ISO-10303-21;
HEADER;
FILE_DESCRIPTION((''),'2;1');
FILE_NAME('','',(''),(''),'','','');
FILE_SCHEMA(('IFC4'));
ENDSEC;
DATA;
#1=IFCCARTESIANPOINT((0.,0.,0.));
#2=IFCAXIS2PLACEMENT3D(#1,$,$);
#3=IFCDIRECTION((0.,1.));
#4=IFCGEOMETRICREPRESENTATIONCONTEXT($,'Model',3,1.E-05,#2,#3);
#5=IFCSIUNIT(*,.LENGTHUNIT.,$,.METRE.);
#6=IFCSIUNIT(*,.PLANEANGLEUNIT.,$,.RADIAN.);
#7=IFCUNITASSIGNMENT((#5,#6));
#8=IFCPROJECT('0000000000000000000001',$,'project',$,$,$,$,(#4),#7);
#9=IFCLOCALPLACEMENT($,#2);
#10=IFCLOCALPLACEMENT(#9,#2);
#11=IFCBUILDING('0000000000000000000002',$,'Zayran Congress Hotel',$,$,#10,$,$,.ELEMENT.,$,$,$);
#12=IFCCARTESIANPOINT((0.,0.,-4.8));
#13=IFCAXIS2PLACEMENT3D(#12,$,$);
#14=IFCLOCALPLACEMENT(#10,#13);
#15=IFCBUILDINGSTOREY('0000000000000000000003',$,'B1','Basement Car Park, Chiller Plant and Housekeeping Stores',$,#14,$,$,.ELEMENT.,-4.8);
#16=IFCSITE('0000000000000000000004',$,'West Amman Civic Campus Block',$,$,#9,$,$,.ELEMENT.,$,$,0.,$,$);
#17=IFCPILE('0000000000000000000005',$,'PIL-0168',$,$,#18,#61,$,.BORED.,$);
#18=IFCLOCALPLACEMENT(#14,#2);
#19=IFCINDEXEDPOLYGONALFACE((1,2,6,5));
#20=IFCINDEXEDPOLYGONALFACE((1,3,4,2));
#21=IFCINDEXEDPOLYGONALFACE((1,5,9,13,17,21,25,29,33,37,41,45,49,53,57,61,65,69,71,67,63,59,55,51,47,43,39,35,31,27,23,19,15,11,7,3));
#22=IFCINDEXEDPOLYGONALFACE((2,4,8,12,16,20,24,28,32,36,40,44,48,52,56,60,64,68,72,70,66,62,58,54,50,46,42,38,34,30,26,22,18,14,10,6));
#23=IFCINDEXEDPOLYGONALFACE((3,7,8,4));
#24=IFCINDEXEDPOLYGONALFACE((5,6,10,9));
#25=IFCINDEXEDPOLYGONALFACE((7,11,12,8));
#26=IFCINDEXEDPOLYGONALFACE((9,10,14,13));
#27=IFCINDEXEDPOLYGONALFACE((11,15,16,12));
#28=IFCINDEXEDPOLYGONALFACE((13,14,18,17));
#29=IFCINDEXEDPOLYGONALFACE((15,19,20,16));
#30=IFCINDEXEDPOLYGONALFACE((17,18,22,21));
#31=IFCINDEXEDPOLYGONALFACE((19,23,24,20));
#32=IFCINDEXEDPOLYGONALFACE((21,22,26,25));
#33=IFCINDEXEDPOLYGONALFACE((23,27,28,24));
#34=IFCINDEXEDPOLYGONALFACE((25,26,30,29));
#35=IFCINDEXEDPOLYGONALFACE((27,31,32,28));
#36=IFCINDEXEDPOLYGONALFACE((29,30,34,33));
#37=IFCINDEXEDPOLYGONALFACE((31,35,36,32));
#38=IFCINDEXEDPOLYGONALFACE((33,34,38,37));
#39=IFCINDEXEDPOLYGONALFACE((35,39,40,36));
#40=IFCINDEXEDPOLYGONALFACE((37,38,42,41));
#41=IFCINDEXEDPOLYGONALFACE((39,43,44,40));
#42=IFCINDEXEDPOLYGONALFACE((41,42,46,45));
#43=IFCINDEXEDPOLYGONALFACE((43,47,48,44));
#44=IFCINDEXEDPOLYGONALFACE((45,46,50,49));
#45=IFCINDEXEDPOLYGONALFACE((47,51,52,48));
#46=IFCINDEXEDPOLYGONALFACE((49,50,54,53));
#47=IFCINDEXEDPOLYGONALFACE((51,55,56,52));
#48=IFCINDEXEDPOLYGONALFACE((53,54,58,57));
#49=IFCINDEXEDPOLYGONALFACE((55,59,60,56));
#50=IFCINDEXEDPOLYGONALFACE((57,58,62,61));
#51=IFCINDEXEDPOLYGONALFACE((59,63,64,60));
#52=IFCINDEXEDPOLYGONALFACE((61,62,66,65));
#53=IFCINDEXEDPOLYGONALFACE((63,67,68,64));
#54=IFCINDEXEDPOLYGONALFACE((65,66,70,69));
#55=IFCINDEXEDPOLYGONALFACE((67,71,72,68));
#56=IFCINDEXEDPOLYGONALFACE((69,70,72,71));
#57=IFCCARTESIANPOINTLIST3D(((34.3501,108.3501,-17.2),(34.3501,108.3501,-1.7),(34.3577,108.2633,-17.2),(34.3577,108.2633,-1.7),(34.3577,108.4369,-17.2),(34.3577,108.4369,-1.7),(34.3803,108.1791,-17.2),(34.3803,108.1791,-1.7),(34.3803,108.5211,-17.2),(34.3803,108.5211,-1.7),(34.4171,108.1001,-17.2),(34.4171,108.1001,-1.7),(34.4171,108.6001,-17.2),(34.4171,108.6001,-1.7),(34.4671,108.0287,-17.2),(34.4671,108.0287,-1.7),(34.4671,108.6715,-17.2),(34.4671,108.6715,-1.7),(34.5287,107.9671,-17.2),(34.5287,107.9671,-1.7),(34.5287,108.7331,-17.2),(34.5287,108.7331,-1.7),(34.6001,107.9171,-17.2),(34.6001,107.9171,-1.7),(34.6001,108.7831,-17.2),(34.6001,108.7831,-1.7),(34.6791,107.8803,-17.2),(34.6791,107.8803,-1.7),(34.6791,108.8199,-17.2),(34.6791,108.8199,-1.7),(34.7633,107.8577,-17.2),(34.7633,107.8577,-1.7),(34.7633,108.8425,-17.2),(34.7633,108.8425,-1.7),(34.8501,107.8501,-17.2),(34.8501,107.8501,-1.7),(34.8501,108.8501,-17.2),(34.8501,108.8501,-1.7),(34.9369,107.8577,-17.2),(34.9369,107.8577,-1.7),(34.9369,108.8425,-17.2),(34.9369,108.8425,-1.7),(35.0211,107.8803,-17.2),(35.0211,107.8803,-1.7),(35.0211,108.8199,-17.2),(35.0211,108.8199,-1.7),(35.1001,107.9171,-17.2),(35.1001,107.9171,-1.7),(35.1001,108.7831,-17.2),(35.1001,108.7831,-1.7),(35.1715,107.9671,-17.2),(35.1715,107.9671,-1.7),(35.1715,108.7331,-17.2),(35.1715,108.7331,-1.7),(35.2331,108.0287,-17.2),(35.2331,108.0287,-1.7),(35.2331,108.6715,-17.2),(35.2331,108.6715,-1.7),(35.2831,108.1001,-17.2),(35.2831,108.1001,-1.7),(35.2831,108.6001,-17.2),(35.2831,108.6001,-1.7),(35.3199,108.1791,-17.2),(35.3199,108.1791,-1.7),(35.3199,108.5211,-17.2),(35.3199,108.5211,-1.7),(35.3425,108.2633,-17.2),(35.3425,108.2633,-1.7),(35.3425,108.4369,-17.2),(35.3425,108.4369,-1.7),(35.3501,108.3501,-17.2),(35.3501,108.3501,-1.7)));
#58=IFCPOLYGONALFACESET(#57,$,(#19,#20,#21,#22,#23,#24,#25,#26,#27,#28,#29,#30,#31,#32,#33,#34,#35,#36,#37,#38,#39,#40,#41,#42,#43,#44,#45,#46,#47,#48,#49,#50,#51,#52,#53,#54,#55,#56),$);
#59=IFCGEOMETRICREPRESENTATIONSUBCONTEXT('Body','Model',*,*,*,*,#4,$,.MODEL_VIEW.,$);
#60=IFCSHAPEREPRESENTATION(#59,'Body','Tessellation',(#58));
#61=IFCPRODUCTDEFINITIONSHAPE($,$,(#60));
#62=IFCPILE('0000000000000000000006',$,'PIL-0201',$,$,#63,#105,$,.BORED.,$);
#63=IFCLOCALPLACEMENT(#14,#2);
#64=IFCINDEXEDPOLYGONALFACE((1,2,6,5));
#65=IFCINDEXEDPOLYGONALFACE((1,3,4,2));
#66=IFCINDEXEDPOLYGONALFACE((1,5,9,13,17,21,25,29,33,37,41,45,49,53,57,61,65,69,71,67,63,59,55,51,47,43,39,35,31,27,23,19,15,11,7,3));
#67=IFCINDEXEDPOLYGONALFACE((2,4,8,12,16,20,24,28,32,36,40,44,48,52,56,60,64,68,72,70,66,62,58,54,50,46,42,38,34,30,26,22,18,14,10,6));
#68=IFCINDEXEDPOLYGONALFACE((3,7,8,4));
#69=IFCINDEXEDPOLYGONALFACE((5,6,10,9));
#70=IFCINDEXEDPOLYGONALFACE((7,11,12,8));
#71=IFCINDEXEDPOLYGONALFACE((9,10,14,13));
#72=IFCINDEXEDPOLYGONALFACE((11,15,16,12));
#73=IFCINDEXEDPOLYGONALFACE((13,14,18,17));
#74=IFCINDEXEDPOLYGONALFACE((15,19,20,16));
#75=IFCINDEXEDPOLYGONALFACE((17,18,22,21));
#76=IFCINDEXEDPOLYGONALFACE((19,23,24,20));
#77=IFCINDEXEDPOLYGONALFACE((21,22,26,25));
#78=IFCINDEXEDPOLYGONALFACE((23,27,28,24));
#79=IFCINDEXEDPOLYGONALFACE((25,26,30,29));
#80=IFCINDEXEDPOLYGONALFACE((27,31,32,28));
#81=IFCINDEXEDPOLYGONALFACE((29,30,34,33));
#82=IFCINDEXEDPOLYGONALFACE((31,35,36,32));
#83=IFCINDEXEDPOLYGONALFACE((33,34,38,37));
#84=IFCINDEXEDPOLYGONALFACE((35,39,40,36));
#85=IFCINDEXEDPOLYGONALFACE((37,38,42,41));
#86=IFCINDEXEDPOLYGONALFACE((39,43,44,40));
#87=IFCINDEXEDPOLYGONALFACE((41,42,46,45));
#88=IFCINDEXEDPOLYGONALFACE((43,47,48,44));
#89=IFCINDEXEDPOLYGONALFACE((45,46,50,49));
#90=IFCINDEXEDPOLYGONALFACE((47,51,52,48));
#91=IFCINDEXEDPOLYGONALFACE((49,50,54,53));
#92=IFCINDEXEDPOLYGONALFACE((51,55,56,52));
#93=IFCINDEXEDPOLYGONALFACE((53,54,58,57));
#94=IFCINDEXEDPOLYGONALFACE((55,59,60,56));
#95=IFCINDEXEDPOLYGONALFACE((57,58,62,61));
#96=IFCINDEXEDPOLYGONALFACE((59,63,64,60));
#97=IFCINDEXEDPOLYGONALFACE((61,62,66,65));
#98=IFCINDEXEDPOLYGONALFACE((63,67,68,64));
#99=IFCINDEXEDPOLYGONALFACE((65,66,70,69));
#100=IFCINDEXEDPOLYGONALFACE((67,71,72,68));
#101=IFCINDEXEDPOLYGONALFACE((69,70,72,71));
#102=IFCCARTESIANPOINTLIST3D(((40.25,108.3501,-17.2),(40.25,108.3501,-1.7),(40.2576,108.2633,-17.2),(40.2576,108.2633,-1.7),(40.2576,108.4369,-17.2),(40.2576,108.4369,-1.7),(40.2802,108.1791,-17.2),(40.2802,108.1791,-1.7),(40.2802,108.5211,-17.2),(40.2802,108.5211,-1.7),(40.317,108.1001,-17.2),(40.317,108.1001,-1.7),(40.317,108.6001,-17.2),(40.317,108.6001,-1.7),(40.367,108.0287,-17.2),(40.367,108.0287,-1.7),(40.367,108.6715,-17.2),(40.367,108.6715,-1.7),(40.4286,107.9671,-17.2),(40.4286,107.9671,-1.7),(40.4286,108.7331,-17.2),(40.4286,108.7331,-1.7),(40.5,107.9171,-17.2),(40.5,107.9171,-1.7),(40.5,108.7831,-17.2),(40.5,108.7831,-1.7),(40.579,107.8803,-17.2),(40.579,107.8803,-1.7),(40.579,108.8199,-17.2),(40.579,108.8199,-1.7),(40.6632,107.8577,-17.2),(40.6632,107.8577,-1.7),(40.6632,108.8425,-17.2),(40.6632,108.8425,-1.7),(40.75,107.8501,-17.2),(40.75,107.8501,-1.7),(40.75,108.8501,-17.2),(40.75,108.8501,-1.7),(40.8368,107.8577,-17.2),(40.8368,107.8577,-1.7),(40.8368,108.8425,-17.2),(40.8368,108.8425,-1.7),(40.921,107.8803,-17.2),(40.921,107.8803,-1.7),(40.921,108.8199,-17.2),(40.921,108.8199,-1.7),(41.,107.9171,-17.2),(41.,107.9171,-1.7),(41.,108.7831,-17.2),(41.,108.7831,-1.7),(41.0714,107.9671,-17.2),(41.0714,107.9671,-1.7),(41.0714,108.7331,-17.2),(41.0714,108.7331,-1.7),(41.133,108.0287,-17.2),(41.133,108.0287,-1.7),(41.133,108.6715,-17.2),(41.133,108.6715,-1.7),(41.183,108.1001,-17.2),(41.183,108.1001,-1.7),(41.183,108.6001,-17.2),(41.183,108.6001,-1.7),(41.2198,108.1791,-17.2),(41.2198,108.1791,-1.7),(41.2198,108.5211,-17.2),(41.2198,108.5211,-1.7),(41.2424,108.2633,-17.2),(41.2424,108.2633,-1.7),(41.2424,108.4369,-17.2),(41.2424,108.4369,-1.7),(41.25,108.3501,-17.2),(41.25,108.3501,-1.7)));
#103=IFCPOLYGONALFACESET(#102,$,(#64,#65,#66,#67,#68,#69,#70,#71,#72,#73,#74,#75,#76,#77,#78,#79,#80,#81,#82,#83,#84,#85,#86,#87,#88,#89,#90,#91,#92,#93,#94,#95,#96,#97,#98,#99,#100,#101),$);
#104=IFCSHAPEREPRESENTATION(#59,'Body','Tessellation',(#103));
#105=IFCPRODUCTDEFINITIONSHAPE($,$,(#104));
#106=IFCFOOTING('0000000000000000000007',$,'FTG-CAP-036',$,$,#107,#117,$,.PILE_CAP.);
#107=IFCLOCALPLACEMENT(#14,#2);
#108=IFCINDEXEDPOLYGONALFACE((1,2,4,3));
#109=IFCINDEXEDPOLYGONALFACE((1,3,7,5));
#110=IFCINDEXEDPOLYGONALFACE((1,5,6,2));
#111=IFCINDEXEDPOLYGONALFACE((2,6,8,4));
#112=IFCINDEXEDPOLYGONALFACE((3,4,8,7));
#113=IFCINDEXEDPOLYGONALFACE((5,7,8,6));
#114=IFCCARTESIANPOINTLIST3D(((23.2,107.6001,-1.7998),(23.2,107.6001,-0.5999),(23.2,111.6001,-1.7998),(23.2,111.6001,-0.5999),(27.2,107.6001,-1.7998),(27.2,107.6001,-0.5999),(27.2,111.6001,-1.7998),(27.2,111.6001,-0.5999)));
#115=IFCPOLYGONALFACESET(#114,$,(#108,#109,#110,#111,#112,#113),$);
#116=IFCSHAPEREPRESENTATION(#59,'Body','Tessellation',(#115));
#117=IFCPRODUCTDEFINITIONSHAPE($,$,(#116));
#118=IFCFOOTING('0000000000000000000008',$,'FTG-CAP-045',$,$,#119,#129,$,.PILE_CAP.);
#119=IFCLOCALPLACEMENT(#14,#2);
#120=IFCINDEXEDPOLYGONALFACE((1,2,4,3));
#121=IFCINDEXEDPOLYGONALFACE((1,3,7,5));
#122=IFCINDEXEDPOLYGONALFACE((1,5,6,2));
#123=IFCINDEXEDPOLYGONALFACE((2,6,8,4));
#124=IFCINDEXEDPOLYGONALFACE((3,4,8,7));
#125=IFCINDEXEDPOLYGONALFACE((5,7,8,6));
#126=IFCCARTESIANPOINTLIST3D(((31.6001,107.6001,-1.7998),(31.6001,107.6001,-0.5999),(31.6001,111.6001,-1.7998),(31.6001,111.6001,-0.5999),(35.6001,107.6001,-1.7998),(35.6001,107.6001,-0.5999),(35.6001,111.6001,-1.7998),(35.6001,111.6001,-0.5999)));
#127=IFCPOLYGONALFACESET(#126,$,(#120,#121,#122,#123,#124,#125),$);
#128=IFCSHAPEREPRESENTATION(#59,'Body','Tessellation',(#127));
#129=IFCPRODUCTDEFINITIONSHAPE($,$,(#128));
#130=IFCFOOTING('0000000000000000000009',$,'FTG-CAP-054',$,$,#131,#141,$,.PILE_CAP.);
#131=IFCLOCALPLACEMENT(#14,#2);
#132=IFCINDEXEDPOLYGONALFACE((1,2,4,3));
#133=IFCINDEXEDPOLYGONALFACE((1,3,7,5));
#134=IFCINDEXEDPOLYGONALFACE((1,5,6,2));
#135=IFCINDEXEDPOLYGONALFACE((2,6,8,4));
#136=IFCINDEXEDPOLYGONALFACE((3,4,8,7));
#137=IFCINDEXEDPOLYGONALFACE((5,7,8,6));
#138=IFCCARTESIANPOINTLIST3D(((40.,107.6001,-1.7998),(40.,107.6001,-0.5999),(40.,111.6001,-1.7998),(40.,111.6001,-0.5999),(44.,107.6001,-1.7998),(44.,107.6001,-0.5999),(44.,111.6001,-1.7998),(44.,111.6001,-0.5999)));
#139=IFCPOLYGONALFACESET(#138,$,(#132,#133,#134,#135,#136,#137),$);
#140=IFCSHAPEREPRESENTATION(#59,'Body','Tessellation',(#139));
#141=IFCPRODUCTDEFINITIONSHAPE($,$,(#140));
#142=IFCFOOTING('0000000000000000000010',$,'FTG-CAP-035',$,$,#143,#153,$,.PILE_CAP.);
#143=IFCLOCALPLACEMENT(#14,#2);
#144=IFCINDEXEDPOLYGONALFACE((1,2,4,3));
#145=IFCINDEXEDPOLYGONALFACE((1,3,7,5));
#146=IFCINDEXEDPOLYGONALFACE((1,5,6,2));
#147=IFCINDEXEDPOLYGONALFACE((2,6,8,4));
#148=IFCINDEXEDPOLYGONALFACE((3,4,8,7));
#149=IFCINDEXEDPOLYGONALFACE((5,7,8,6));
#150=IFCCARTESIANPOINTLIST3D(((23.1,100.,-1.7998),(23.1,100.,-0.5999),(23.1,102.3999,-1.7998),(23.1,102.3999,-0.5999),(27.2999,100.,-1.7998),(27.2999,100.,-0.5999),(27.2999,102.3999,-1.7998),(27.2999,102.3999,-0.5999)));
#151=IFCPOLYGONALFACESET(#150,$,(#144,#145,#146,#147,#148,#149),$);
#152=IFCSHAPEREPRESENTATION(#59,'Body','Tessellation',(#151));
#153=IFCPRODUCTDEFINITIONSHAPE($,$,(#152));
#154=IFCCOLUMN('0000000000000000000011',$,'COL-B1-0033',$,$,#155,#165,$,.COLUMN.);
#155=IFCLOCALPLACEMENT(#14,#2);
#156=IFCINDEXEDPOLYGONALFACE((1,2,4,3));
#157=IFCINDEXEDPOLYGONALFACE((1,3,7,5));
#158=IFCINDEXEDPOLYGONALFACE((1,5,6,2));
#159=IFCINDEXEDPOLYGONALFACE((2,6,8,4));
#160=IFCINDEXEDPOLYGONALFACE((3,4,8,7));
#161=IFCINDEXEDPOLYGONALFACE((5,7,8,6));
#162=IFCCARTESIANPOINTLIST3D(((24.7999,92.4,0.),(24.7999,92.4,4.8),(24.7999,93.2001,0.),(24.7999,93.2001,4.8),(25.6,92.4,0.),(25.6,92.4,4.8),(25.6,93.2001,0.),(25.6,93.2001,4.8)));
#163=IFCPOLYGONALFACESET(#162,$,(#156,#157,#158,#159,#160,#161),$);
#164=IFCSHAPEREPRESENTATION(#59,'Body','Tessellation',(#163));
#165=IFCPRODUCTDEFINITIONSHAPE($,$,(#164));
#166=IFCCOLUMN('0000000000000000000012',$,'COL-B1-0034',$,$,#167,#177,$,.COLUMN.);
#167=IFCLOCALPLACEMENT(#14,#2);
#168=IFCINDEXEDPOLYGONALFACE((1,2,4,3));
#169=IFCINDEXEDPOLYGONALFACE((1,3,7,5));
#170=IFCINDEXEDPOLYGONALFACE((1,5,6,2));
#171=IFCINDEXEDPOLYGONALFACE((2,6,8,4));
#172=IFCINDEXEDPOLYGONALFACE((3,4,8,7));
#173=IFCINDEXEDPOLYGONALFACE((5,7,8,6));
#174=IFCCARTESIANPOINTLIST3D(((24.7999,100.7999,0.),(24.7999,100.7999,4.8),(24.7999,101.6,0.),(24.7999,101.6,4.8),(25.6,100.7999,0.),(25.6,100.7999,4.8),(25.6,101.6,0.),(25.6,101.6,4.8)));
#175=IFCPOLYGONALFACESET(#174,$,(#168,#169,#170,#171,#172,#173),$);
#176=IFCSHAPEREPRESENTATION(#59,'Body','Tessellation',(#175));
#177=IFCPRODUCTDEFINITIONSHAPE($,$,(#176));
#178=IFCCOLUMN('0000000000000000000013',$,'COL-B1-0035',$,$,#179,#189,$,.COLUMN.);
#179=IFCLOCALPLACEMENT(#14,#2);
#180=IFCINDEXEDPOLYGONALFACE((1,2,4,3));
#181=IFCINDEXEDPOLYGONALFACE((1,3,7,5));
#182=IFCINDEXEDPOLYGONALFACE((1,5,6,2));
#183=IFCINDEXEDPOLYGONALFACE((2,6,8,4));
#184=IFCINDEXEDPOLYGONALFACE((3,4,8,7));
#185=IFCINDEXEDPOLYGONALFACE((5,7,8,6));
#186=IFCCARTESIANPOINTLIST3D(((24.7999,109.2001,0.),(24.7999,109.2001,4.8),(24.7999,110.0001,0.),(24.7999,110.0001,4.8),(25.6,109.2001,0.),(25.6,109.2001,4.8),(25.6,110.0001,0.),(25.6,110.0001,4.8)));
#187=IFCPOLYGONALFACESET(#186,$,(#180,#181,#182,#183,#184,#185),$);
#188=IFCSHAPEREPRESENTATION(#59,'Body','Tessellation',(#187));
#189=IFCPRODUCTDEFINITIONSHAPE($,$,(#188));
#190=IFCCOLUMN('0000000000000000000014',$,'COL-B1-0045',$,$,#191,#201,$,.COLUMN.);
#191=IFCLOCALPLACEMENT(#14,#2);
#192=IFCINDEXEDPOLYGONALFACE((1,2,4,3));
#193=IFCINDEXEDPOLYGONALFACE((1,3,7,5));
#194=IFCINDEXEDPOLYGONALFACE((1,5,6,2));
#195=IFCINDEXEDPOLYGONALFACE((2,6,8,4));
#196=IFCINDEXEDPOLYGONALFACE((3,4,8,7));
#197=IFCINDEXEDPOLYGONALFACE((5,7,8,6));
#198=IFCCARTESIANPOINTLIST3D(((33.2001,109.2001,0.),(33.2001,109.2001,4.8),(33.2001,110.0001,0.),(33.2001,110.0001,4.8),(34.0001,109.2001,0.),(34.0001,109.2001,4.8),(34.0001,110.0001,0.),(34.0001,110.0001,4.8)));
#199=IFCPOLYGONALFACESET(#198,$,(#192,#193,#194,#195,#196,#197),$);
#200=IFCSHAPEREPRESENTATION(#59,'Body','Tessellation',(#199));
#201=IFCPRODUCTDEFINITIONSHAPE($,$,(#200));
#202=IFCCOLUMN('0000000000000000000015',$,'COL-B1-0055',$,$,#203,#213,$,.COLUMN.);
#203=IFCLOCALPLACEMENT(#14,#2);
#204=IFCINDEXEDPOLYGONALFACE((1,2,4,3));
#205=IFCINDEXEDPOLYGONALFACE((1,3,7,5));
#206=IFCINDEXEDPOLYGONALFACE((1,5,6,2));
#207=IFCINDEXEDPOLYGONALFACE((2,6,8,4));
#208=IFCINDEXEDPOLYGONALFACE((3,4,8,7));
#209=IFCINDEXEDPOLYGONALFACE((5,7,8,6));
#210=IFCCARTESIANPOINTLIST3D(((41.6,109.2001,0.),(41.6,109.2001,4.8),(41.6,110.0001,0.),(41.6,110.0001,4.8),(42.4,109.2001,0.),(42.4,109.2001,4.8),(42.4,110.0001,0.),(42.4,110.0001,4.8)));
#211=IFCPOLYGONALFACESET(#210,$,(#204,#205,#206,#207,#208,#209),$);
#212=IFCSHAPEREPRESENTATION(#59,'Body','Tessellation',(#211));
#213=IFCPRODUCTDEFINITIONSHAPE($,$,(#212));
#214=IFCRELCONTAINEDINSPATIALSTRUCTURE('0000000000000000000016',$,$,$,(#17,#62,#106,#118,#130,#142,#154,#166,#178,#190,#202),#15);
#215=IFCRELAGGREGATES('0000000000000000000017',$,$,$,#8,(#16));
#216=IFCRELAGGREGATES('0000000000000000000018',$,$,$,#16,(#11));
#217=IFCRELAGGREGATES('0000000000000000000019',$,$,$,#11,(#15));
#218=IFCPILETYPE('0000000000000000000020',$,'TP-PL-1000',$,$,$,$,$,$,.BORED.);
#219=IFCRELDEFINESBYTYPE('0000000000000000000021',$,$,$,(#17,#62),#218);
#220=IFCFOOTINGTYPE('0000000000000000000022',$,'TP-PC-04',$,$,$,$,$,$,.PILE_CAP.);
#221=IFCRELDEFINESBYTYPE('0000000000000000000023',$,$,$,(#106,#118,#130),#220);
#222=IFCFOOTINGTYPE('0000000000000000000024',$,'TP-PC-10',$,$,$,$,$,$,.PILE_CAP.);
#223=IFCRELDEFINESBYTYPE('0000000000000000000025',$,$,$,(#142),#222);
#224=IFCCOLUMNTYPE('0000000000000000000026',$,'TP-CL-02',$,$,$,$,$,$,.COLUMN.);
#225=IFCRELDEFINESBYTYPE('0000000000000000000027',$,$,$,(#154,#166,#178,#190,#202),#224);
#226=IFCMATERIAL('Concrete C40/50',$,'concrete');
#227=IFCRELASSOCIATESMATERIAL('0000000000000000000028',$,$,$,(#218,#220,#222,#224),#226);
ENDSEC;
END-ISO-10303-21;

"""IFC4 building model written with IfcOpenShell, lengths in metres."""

from ifc_helpers import new_model, si_unit, direction, frame, origin, origin_2d, place, context, subcontext, project, spatial, rectangle, circle, extrude, material, material_profile, profile_set, type_object, element, save


model = new_model("IFC4")

# Units and contexts
model_context = context("Model", 3, precision=1e-05, world=origin(), true_north=direction((0.0, 1.0)))
body_context = subcontext(model_context, "Body", "Model", "MODEL_VIEW")
ifc_project = project(units=[si_unit("LENGTHUNIT", "METRE"), si_unit("PLANEANGLEUNIT", "RADIAN")], contexts=[model_context])

# Site, building, storey
site_placement = place(None, origin())
site = spatial("IfcSite", under=ifc_project, at=site_placement, Name="West Amman Civic Campus Block", CompositionType="ELEMENT", RefElevation=0.0)
building_placement = place(site_placement, origin())
building = spatial("IfcBuilding", under=site, at=building_placement, Name="Zayran Congress Hotel", CompositionType="ELEMENT")
storey_placement = place(building_placement, frame((0.0, 0.0, -4.8)))
storey = spatial("IfcBuildingStorey", under=building, at=storey_placement, Name="B1", Description="Basement Car Park, Chiller Plant and Housekeeping Stores", CompositionType="ELEMENT", Elevation=-4.8)

# Piles
ifc_material_1 = material(Name="Concrete C40/50", Category="concrete")
ifc_material_profile_1 = material_profile(ifc_material_1, circle(Radius=0.5, at=origin_2d()), Name="PILE D1000")
ifc_profile_set_1 = profile_set([ifc_material_profile_1], Name="Concrete C40/50")
pile_type = type_object("IfcPileType", Name="TP-PL-1000", PredefinedType="BORED", material=ifc_profile_set_1)
for number, where, z_axis, x_axis, name in (
    (1, (34.8501, 108.3501, -1.7), (0.0, 0.0, -1.0), (1.0, 0.0, 0.0), "PIL-0168"),
    (2, (40.75, 108.3501, -1.7), (0.0, 0.0, -1.0), (1.0, 0.0, 0.0), "PIL-0201"),
):
    element("IfcPile", number, at=place(storey_placement, frame(where, z_axis=z_axis, x_axis=x_axis)), inside=storey, type_object=pile_type, Name=name, PredefinedType="BORED", context=body_context, shape_type="SweptSolid", body=[
        extrude(circle(Radius=0.5, at=origin_2d()), origin(), (0.0, 0.0, 1.0), 15.5),
    ])

# Footings
footing_type_1 = type_object("IfcFootingType", Name="TP-PC-04", PredefinedType="PILE_CAP", material=ifc_material_1)
for number, where, z_axis, x_axis, name in (
    (3, (25.2, 109.6001, -1.7998), (0.0, 0.0, 1.0), (1.0, 0.0, 0.0), "FTG-CAP-036"),
    (4, (33.6001, 109.6001, -1.7998), (0.0, 0.0, 1.0), (1.0, 0.0, 0.0), "FTG-CAP-045"),
    (5, (42.0, 109.6001, -1.7998), (0.0, 0.0, 1.0), (1.0, 0.0, 0.0), "FTG-CAP-054"),
):
    element("IfcFooting", number, at=place(storey_placement, frame(where, z_axis=z_axis, x_axis=x_axis)), inside=storey, type_object=footing_type_1, Name=name, PredefinedType="PILE_CAP", context=body_context, shape_type="SweptSolid", body=[
        extrude(rectangle(XDim=4.0, YDim=4.0, at=origin_2d()), origin(), (0.0, 0.0, 1.0), 1.2),
    ])
footing_type_2 = type_object("IfcFootingType", Name="TP-PC-10", PredefinedType="PILE_CAP", material=ifc_material_1)
footing_placement = place(storey_placement, frame((25.2, 101.2, -1.7998), z_axis=(0.0, 0.0, 1.0), x_axis=(1.0, 0.0, 0.0)))
element("IfcFooting", 6, at=footing_placement, inside=storey, type_object=footing_type_2, Name="FTG-CAP-035", PredefinedType="PILE_CAP", context=body_context, shape_type="SweptSolid", body=[
    extrude(rectangle(XDim=4.2, YDim=2.3999, at=origin_2d()), origin(), (0.0, 0.0, 1.0), 1.2),
])

# Columns
ifc_material_profile_2 = material_profile(ifc_material_1, rectangle(XDim=0.8, YDim=0.8, at=origin_2d()), Name="RC 800x800")
ifc_profile_set_2 = profile_set([ifc_material_profile_2], Name="Concrete C40/50")
column_type = type_object("IfcColumnType", Name="TP-CL-02", PredefinedType="COLUMN", material=ifc_profile_set_2)
for number, where, z_axis, x_axis, name in (
    (7, (25.2, 92.8, 0.0), (0.0, 0.0, 1.0), (1.0, 0.0, 0.0), "COL-B1-0033"),
    (8, (25.2, 101.2, 0.0), (0.0, 0.0, 1.0), (1.0, 0.0, 0.0), "COL-B1-0034"),
    (9, (25.2, 109.6001, 0.0), (0.0, 0.0, 1.0), (1.0, 0.0, 0.0), "COL-B1-0035"),
    (10, (33.6001, 109.6001, 0.0), (0.0, 0.0, 1.0), (1.0, 0.0, 0.0), "COL-B1-0045"),
    (11, (42.0, 109.6001, 0.0), (0.0, 0.0, 1.0), (1.0, 0.0, 0.0), "COL-B1-0055"),
):
    element("IfcColumn", number, at=place(storey_placement, frame(where, z_axis=z_axis, x_axis=x_axis)), inside=storey, type_object=column_type, Name=name, PredefinedType="COLUMN", context=body_context, shape_type="SweptSolid", body=[
        extrude(rectangle(XDim=0.8, YDim=0.8, at=origin_2d()), origin(), (0.0, 0.0, 1.0), 4.8),
    ])

save(model, "model.ifc")
